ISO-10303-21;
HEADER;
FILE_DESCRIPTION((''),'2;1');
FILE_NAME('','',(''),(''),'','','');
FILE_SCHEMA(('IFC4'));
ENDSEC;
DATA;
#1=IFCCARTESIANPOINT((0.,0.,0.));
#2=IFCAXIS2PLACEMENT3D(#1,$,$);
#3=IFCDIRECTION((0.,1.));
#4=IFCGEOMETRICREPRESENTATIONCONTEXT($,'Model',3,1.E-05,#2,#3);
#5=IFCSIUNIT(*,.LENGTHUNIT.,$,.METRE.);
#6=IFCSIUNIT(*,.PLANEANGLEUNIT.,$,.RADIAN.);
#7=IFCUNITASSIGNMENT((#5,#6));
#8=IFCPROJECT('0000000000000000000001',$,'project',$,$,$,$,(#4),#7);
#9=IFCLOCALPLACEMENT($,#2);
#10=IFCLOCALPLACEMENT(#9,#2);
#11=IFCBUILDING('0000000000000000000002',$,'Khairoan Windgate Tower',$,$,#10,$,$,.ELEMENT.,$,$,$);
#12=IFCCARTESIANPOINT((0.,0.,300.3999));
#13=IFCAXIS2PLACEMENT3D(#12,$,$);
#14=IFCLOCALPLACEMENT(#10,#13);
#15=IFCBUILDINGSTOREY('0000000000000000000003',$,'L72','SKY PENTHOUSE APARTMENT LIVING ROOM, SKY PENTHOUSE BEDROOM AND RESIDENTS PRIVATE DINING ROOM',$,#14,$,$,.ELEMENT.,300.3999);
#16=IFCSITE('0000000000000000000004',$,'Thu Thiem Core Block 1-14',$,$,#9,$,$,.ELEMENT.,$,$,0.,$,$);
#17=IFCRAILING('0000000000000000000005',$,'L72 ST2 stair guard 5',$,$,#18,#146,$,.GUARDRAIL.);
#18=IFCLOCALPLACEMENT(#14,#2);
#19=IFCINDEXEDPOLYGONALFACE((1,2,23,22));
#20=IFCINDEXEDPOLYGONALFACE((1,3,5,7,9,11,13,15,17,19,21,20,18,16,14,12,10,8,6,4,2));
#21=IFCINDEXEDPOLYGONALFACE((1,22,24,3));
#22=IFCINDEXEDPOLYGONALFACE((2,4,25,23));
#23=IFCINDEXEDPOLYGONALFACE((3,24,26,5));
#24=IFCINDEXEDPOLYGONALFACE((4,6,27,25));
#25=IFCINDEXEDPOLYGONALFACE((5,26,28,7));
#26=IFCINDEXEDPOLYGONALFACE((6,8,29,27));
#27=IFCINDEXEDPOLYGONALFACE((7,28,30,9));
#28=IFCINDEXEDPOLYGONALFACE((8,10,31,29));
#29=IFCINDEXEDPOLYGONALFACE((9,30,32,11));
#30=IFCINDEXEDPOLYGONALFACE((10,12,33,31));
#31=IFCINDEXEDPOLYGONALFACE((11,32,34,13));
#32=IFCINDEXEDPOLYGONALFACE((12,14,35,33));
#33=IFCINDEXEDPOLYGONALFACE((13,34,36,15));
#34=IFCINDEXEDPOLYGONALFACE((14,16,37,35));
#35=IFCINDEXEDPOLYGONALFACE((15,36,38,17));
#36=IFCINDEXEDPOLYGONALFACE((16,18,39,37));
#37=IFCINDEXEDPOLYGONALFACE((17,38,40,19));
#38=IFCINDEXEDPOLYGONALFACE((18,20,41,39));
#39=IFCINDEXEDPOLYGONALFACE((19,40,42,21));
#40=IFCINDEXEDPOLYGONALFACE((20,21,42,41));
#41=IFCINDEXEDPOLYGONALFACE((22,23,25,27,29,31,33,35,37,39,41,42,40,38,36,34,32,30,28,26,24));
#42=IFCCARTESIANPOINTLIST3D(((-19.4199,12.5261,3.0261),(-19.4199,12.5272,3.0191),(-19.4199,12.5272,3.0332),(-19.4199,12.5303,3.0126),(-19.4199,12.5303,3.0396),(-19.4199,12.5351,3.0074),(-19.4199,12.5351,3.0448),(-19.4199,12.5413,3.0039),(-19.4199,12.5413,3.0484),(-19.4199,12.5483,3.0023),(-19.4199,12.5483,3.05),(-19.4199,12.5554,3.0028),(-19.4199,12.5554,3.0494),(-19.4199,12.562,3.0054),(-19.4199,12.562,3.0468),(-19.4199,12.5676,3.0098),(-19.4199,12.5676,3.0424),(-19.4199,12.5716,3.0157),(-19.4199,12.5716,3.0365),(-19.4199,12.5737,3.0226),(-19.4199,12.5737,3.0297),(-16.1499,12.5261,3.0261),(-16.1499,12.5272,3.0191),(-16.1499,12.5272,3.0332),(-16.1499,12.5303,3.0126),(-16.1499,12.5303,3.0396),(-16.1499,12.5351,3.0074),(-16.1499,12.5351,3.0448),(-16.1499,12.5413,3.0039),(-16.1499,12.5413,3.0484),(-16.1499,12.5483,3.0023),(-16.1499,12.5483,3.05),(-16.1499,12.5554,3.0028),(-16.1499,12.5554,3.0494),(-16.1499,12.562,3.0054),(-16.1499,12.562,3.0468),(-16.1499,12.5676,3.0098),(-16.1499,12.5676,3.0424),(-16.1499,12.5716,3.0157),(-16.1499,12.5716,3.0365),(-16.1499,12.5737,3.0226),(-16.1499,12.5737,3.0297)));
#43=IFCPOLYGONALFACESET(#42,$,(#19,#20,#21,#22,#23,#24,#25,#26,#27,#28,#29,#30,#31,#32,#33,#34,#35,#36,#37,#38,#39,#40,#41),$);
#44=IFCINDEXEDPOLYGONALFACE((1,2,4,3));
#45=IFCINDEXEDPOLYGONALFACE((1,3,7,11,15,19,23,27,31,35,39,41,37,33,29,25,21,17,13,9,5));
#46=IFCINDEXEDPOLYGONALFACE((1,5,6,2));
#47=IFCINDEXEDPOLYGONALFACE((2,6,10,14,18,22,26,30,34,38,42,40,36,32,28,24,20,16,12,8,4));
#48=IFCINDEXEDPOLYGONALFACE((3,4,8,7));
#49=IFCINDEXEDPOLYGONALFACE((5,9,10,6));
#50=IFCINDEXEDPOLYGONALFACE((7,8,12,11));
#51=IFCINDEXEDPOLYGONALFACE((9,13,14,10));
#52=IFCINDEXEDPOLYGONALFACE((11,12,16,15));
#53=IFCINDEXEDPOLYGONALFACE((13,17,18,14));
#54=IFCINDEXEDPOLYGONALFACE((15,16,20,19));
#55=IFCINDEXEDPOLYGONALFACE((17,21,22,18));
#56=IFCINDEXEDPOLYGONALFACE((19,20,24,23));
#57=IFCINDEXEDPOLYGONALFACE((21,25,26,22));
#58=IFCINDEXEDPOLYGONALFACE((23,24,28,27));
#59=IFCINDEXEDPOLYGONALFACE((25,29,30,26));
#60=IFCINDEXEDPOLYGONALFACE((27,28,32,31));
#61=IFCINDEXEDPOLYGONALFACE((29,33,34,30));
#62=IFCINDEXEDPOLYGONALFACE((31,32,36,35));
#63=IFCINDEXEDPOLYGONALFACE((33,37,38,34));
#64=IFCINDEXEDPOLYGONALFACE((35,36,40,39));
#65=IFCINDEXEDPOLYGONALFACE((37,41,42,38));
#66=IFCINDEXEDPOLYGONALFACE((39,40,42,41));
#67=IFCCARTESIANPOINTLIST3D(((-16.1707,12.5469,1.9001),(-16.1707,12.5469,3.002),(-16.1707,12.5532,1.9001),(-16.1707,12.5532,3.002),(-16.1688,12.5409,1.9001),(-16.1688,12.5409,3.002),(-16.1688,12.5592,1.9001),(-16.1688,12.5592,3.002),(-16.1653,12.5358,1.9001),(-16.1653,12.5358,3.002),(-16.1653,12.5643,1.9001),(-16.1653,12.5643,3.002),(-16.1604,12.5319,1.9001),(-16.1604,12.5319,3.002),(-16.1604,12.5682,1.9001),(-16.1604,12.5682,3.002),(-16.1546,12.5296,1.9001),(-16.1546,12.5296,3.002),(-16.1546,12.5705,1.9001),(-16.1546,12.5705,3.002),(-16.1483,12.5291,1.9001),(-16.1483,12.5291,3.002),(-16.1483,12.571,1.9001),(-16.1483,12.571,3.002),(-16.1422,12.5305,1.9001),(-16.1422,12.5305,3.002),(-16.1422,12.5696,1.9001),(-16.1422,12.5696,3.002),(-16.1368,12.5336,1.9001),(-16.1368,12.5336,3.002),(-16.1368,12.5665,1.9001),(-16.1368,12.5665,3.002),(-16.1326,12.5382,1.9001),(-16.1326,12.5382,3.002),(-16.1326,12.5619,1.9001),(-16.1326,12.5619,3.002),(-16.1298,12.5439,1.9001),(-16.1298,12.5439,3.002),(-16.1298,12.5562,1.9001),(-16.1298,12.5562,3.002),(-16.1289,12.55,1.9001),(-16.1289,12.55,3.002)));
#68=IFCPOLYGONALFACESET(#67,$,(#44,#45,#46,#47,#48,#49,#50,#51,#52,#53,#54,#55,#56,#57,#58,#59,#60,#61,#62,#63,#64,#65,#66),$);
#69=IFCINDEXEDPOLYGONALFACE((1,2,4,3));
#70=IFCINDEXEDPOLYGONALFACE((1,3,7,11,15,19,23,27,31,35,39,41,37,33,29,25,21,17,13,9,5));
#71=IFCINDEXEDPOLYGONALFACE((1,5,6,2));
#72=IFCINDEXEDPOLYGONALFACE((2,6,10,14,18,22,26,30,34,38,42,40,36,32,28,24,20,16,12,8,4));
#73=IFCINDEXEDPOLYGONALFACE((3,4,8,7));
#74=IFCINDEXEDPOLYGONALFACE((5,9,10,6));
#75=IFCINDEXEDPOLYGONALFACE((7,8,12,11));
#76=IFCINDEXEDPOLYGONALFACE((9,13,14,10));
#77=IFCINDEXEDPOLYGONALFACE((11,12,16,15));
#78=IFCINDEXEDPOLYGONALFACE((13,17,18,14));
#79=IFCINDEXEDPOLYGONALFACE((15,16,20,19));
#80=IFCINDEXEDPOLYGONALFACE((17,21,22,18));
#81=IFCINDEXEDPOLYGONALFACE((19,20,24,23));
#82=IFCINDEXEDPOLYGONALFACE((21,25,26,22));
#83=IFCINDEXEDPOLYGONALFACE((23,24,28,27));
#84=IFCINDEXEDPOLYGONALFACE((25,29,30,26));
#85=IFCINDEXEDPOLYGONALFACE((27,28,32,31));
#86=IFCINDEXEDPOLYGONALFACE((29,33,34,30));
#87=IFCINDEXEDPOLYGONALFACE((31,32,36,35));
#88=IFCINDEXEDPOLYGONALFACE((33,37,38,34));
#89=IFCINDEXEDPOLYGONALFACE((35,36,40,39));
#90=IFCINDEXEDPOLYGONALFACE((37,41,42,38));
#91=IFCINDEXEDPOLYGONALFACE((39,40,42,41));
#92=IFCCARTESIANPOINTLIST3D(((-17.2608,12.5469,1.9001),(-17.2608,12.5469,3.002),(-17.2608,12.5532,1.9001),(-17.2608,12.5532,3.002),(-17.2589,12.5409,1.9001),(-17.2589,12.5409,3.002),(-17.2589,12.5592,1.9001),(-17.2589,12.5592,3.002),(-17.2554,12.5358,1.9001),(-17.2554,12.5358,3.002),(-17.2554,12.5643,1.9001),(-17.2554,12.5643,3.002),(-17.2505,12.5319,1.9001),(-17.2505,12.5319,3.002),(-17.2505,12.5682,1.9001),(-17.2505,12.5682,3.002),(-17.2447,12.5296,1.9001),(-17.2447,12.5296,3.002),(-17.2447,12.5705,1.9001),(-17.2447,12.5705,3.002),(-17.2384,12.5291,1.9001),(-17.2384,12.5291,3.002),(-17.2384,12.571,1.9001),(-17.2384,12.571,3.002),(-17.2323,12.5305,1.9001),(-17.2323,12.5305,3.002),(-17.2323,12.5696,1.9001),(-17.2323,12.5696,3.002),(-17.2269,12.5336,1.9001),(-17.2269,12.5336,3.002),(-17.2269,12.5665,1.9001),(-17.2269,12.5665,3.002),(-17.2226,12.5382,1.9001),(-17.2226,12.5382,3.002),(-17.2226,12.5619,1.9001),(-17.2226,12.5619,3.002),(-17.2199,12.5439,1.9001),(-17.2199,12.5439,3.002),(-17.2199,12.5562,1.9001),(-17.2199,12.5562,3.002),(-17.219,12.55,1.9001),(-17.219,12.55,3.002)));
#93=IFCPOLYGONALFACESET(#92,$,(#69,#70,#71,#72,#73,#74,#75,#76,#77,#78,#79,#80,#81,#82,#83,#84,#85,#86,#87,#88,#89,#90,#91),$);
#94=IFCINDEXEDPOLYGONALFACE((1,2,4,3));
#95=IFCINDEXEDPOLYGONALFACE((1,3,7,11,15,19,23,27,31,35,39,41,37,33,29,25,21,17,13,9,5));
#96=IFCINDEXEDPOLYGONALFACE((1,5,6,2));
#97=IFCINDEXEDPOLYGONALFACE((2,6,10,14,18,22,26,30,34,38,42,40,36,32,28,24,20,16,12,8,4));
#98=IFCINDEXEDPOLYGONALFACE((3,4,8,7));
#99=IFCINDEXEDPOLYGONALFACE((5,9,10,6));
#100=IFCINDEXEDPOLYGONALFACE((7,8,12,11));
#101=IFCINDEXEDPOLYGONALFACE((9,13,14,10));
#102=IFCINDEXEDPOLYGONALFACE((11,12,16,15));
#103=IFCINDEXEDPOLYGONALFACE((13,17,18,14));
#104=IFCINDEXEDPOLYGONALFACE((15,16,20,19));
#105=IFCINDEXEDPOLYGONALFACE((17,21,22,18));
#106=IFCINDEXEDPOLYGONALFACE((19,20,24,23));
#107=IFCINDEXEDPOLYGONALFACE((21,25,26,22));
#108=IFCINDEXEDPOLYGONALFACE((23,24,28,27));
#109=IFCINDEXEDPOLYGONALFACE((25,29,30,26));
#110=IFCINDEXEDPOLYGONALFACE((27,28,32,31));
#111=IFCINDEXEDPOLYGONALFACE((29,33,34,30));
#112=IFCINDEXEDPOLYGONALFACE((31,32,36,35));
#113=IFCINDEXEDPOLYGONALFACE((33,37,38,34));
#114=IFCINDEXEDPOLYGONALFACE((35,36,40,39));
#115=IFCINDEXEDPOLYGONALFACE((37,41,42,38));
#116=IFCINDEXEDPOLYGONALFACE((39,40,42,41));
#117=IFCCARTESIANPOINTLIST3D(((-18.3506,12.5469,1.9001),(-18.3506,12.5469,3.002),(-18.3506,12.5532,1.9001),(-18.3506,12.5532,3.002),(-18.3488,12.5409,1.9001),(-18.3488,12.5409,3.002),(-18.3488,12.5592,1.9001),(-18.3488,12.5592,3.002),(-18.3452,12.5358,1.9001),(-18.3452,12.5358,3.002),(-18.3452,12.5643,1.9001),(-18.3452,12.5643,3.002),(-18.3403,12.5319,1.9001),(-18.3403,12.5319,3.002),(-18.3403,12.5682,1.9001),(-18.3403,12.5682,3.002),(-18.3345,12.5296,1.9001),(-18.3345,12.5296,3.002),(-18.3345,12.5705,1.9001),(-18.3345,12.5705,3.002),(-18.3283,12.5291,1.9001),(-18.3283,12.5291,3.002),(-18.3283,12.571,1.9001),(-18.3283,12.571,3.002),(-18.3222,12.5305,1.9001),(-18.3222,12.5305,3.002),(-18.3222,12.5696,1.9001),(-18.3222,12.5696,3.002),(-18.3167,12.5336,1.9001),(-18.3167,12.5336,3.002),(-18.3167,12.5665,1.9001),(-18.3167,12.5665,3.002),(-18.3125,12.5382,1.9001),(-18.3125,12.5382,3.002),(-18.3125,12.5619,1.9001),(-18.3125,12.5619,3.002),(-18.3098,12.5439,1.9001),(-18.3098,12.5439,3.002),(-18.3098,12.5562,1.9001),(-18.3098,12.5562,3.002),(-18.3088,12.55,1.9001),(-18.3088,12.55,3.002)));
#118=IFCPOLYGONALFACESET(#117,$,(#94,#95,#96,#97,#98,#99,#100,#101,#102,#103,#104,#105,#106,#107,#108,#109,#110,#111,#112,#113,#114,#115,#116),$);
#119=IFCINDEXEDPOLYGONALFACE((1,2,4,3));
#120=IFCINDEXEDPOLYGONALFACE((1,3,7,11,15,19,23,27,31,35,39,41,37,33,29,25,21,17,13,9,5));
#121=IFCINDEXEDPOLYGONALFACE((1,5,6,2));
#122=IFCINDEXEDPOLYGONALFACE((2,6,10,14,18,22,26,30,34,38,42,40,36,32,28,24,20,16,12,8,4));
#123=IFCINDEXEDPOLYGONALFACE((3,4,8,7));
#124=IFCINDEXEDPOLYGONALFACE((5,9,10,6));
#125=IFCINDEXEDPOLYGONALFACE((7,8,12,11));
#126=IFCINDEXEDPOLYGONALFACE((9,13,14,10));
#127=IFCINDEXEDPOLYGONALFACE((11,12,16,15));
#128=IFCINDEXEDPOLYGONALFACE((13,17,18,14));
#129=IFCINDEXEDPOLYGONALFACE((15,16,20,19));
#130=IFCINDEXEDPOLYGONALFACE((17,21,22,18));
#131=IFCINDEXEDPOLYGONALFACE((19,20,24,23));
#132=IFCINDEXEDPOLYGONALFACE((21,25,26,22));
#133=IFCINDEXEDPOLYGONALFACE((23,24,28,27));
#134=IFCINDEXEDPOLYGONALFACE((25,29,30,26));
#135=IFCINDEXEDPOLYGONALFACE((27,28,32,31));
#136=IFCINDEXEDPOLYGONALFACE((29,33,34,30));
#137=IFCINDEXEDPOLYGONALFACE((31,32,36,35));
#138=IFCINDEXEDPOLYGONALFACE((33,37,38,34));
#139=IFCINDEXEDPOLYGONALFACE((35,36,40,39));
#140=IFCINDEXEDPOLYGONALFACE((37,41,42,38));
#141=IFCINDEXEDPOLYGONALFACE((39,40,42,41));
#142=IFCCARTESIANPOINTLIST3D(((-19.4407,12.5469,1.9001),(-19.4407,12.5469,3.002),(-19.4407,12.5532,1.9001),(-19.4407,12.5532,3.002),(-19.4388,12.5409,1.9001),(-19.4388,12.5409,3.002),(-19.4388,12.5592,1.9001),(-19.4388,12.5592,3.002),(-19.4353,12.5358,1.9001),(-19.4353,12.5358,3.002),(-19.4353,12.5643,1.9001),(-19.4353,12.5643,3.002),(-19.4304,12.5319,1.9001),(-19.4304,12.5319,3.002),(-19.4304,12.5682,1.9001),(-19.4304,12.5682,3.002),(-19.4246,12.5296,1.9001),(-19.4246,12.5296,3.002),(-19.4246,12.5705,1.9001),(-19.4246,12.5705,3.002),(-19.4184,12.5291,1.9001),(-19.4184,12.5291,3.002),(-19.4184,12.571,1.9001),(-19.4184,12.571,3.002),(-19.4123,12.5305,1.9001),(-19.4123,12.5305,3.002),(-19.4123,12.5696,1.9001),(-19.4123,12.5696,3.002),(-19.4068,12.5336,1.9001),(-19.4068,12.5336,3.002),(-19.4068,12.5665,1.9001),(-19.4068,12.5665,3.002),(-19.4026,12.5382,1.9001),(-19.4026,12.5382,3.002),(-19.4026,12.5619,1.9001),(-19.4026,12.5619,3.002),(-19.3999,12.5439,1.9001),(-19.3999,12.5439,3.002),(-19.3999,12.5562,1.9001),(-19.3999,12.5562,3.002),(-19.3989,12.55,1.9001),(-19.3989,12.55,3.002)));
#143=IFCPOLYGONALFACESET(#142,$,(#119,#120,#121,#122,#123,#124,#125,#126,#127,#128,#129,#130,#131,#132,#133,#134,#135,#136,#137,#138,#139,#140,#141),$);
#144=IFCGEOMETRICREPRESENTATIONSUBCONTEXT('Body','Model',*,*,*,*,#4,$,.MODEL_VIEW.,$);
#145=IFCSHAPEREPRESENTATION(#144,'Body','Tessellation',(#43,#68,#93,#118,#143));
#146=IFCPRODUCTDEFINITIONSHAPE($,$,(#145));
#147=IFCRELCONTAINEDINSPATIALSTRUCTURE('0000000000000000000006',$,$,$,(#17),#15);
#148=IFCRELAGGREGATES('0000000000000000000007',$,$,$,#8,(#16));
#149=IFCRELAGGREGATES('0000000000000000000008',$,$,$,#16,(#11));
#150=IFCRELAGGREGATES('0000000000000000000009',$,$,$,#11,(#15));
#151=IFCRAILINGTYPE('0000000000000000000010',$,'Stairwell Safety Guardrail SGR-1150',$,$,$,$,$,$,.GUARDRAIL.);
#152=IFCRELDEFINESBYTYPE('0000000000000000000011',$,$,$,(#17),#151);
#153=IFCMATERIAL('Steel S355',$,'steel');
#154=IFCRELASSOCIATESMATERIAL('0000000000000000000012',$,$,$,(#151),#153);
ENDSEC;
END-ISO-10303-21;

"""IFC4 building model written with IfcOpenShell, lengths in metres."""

from ifc_helpers import new_model, si_unit, direction, frame, origin, origin_2d, place, context, subcontext, project, spatial, circle, extrude, material, type_object, element, save


model = new_model("IFC4")

# Units and contexts
model_context = context("Model", 3, precision=1e-05, world=origin(), true_north=direction((0.0, 1.0)))
body_context = subcontext(model_context, "Body", "Model", "MODEL_VIEW")
ifc_project = project(units=[si_unit("LENGTHUNIT", "METRE"), si_unit("PLANEANGLEUNIT", "RADIAN")], contexts=[model_context])

# Site, building, storey
site_placement = place(None, origin())
site = spatial("IfcSite", under=ifc_project, at=site_placement, Name="Thu Thiem Core Block 1-14", CompositionType="ELEMENT", RefElevation=0.0)
building_placement = place(site_placement, origin())
building = spatial("IfcBuilding", under=site, at=building_placement, Name="Khairoan Windgate Tower", CompositionType="ELEMENT")
storey_placement = place(building_placement, frame((0.0, 0.0, 300.3999)))
storey = spatial("IfcBuildingStorey", under=building, at=storey_placement, Name="L72", Description="SKY PENTHOUSE APARTMENT LIVING ROOM, SKY PENTHOUSE BEDROOM AND RESIDENTS PRIVATE DINING ROOM", CompositionType="ELEMENT", Elevation=300.3999)

# Railing
ifc_material_1 = material(Name="Steel S355", Category="steel")
railing_type = type_object("IfcRailingType", Name="Stairwell Safety Guardrail SGR-1150", PredefinedType="GUARDRAIL", material=ifc_material_1)
railing_1_placement = place(storey_placement, frame((-16.1499, 12.55, 1.9001)))
element("IfcRailing", 1, at=railing_1_placement, inside=storey, type_object=railing_type, Name="L72 ST2 stair guard 5", PredefinedType="GUARDRAIL", context=body_context, shape_type="SweptSolid", body=[
    extrude(circle(Radius=0.0239, at=origin_2d()), frame((0.0, 0.0, 1.126), z_axis=(-1.0, 0.0, 0.0), x_axis=(0.0, -1.0, 0.0)), (0.0, 0.0, 1.0), 3.27),
    extrude(circle(Radius=0.021, at=origin_2d()), origin(), (0.0, 0.0, 1.0), 1.1018),
    extrude(circle(Radius=0.021, at=origin_2d()), frame((-1.0901, 0.0, 0.0)), (0.0, 0.0, 1.0), 1.1018),
    extrude(circle(Radius=0.021, at=origin_2d()), frame((-2.1799, 0.0, 0.0)), (0.0, 0.0, 1.0), 1.1018),
    extrude(circle(Radius=0.021, at=origin_2d()), frame((-3.27, 0.0, 0.0)), (0.0, 0.0, 1.0), 1.1018),
])

save(model, "model.ifc")
